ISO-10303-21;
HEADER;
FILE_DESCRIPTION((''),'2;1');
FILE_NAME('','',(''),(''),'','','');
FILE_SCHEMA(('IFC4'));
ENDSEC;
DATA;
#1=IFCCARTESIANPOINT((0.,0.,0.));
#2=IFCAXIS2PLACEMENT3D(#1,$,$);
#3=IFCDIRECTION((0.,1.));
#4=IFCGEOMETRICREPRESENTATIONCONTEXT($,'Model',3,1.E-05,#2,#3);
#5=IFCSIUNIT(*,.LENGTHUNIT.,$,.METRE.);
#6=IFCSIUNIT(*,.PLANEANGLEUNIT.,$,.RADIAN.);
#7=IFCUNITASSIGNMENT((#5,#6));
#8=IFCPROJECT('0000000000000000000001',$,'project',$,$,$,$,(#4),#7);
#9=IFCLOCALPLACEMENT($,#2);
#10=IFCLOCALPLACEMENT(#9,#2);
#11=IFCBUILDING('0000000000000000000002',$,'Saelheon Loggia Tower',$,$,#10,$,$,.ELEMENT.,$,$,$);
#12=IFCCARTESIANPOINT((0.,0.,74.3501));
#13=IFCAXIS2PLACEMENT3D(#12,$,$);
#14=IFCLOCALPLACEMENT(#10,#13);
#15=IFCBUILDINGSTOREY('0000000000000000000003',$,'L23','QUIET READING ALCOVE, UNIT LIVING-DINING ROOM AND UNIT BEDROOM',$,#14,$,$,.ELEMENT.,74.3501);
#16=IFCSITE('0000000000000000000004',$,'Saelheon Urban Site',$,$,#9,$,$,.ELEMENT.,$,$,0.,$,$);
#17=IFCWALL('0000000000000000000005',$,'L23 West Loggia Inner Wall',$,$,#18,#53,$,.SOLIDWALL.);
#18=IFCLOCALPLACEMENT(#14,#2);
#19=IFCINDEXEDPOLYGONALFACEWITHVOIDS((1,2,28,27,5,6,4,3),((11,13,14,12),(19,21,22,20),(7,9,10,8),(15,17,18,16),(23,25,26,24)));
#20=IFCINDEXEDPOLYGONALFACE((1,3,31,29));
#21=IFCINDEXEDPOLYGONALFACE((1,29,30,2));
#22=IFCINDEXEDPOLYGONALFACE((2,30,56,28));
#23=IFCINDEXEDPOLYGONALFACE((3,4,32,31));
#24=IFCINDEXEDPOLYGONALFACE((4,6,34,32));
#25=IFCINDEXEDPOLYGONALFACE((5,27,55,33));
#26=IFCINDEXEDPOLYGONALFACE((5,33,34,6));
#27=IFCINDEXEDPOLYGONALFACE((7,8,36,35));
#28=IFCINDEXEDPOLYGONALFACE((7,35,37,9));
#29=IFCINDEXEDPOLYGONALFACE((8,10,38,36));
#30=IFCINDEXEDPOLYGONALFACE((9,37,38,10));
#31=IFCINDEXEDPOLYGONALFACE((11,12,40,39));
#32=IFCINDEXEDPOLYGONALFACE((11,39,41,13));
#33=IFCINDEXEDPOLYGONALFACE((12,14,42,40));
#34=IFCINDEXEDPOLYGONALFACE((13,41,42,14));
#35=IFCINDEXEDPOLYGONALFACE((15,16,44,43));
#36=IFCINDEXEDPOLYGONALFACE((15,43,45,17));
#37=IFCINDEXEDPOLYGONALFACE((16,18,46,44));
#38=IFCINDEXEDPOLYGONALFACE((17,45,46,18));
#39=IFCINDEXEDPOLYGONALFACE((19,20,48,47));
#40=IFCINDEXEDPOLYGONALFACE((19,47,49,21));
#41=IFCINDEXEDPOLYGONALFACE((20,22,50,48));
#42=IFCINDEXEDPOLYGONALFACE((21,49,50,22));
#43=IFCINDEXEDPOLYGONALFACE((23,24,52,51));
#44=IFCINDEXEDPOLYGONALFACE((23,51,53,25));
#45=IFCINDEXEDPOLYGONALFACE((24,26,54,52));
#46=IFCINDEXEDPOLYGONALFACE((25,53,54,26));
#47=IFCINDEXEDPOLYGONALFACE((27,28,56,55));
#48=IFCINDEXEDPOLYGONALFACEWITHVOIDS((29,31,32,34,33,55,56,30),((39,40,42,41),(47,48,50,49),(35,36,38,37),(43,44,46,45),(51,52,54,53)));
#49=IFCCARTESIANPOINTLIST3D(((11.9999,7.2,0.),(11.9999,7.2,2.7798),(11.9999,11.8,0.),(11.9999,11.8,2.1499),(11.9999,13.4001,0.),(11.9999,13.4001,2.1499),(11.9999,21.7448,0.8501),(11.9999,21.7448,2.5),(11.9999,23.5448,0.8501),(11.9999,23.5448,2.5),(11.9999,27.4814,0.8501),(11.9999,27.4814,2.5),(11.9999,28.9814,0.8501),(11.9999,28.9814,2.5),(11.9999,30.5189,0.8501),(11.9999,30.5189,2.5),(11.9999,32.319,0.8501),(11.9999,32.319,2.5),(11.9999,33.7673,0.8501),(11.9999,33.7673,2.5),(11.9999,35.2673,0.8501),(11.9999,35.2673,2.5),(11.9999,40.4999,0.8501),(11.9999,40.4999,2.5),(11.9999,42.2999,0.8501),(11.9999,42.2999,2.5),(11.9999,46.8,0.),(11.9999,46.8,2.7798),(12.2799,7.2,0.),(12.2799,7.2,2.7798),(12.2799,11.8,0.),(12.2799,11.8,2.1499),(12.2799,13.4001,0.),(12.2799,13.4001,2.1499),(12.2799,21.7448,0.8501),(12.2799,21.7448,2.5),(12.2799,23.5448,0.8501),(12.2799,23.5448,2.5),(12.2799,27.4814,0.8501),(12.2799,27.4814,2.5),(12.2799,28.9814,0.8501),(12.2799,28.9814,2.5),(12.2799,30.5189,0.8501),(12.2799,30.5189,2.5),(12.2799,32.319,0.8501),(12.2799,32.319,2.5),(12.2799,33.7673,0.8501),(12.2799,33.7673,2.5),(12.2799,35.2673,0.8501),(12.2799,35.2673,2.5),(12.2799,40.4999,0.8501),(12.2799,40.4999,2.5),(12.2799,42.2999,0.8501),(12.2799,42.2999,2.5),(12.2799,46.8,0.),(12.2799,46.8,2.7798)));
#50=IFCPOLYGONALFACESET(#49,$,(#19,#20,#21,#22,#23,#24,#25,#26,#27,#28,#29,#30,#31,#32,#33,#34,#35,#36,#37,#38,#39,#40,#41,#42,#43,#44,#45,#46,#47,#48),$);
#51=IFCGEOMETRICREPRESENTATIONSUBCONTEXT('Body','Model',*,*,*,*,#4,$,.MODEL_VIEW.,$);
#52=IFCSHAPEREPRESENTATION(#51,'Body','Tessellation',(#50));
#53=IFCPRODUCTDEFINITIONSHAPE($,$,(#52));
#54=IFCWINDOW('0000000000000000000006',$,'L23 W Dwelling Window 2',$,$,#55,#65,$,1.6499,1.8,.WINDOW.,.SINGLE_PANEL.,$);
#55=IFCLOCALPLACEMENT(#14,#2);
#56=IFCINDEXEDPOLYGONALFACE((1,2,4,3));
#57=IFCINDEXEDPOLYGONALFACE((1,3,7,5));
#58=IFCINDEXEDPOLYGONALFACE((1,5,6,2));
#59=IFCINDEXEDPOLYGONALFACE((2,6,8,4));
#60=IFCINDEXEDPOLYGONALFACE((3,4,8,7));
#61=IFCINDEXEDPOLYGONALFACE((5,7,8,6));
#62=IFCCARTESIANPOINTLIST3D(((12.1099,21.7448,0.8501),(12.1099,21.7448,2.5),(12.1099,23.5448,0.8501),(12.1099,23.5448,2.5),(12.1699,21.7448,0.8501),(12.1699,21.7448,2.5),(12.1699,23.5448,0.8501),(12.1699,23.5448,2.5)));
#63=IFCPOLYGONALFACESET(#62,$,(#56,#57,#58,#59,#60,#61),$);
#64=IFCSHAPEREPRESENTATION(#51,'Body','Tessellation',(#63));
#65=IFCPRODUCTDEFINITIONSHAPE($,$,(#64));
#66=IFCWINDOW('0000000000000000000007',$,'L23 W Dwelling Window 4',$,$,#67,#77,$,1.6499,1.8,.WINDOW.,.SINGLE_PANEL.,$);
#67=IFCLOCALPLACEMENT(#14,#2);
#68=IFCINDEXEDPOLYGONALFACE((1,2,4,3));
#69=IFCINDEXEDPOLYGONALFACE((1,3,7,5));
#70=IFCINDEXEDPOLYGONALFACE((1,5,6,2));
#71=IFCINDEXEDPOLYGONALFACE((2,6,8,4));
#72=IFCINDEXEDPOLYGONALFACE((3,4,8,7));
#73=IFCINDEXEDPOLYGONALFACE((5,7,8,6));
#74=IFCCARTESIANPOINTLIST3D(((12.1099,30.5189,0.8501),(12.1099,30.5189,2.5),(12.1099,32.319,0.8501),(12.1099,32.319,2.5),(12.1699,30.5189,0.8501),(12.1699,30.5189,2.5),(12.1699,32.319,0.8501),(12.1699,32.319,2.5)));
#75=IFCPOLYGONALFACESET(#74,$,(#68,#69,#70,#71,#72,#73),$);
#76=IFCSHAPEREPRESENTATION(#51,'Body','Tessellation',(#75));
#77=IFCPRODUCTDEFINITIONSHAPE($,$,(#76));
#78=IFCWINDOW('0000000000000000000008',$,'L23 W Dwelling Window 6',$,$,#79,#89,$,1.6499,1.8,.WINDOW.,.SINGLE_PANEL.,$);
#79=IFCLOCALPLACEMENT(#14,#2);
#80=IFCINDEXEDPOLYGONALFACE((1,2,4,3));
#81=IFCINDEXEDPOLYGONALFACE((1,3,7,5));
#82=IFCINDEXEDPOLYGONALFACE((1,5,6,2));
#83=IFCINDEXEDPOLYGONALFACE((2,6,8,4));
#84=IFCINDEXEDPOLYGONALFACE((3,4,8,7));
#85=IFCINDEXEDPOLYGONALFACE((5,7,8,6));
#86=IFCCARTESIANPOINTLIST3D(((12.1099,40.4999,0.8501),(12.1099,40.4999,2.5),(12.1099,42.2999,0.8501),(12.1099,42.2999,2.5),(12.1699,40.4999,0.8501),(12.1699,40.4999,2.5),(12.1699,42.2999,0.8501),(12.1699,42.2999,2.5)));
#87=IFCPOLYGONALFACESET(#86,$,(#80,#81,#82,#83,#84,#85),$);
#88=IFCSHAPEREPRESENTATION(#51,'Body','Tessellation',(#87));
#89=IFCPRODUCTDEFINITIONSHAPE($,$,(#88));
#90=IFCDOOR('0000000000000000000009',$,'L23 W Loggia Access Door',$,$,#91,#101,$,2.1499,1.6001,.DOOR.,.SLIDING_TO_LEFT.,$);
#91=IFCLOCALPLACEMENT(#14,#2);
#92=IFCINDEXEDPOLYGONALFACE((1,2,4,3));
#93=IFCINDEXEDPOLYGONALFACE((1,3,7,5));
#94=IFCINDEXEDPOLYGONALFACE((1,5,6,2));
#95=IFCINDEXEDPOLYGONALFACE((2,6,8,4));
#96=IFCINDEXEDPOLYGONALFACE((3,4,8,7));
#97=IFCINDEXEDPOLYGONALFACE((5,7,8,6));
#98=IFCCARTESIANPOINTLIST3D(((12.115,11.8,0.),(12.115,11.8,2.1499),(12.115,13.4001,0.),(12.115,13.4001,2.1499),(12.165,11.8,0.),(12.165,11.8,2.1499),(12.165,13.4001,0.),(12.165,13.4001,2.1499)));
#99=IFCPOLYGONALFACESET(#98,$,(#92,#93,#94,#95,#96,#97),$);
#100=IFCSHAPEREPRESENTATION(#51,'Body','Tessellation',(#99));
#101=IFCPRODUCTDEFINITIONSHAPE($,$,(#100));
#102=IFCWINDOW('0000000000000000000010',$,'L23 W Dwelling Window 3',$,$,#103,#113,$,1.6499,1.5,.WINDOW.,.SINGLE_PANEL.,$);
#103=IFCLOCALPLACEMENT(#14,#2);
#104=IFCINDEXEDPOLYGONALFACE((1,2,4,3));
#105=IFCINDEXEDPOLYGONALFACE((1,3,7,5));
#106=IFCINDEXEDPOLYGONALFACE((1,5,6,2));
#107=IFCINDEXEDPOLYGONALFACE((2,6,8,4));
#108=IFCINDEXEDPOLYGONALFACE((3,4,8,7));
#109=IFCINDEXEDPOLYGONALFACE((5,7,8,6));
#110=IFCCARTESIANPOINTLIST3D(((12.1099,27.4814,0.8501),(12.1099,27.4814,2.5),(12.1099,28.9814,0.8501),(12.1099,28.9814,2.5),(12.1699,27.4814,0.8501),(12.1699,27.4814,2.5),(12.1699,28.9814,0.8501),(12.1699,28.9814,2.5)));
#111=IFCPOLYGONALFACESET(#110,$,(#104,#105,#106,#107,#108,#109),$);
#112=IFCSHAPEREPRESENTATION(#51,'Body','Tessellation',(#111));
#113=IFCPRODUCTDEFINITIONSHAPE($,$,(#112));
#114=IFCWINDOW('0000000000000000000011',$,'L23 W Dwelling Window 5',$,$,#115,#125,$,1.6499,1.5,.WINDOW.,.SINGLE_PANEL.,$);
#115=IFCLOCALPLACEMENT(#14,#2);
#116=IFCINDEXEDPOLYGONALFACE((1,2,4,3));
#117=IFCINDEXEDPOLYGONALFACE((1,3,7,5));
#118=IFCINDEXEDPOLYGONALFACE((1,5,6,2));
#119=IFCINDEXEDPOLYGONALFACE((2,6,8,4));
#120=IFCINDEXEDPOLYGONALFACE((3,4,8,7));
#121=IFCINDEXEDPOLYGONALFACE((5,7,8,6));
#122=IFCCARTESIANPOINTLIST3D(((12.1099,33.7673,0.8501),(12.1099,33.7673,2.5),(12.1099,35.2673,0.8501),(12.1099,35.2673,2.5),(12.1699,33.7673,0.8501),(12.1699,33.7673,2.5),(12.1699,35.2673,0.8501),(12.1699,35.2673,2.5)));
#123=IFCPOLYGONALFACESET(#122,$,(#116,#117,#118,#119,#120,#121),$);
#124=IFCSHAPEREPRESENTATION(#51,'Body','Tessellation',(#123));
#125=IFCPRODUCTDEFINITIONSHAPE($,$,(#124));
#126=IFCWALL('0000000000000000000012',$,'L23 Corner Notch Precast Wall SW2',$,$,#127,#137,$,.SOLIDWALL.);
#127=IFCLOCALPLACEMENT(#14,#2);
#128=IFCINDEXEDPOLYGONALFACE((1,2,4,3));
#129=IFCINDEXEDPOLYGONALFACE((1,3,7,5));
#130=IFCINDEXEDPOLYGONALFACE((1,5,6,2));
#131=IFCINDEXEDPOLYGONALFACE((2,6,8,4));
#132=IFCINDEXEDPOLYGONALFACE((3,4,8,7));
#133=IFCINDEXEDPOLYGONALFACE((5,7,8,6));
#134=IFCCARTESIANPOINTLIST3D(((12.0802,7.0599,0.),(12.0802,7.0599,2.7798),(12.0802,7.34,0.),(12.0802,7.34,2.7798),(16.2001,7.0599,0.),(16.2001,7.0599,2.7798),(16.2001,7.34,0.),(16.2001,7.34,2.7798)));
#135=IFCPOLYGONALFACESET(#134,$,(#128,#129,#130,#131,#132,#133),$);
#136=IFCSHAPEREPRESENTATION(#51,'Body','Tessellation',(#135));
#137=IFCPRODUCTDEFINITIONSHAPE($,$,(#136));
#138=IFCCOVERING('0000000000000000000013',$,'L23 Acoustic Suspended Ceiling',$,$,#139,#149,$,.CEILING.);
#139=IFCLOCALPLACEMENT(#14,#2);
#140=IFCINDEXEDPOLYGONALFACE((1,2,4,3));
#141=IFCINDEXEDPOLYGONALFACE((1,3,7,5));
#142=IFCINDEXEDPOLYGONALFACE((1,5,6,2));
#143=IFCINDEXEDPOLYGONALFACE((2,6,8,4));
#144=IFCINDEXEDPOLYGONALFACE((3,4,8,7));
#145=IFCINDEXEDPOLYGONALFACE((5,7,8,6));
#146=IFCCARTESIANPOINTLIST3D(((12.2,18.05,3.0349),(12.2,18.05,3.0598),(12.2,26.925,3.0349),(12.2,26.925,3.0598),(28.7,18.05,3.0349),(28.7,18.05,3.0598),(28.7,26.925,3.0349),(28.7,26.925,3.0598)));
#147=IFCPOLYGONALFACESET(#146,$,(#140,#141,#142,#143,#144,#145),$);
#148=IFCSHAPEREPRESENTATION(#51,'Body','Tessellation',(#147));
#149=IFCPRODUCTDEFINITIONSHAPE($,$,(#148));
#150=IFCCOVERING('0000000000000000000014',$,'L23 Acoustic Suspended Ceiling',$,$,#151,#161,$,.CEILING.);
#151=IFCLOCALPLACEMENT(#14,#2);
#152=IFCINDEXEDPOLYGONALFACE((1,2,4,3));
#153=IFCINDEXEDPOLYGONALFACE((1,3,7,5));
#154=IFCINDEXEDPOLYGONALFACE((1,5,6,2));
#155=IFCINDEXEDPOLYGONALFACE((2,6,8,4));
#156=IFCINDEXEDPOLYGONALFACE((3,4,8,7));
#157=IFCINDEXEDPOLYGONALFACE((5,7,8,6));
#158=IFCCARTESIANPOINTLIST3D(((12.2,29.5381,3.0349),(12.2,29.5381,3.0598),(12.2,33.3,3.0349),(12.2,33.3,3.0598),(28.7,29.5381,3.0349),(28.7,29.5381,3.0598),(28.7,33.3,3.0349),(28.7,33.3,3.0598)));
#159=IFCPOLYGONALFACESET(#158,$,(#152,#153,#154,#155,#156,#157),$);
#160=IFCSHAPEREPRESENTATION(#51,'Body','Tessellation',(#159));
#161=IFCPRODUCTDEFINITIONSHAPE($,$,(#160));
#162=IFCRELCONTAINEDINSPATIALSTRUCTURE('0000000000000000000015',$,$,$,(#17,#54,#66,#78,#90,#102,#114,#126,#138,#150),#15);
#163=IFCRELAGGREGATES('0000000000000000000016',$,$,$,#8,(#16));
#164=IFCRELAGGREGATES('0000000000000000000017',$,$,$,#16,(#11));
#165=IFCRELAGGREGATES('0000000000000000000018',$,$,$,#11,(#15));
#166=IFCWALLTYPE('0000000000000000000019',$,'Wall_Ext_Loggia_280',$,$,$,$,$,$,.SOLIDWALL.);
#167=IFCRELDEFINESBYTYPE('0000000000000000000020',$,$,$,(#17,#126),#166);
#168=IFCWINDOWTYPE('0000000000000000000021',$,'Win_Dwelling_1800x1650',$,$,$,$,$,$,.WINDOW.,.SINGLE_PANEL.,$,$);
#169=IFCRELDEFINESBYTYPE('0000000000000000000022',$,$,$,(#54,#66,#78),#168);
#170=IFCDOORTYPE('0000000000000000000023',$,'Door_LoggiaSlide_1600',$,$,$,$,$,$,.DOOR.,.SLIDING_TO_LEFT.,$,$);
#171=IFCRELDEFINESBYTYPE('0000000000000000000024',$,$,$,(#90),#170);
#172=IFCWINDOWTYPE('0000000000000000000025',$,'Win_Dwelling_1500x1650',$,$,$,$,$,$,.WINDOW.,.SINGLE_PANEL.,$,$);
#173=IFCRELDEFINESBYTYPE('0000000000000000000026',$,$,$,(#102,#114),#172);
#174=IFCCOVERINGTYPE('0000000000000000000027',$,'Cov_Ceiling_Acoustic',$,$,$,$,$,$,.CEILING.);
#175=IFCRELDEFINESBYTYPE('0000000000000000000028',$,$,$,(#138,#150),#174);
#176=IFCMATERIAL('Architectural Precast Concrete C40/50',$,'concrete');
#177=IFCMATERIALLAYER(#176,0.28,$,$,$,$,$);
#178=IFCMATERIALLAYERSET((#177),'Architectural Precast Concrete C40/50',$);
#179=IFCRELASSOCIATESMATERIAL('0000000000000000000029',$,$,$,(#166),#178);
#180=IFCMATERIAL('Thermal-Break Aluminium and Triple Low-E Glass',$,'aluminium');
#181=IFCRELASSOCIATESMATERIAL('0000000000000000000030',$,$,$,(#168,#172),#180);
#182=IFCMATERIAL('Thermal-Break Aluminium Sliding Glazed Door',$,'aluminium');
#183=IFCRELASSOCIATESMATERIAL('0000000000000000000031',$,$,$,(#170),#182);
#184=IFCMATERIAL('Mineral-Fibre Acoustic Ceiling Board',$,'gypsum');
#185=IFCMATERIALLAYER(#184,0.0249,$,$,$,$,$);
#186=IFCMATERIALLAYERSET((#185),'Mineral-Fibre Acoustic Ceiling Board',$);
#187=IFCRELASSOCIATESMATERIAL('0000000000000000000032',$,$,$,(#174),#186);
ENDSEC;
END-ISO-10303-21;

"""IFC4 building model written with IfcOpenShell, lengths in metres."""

from ifc_helpers import new_model, si_unit, direction, frame, frame_2d, origin, place, context, subcontext, project, spatial, polyline, rectangle, outline, extrude, source, transform, mapped, material, layer, layer_set, type_object, element, fill, save


model = new_model("IFC4")

# Units and contexts
model_context = context("Model", 3, precision=1e-05, world=origin(), true_north=direction((0.0, 1.0)))
body_context = subcontext(model_context, "Body", "Model", "MODEL_VIEW")
ifc_project = project(units=[si_unit("LENGTHUNIT", "METRE"), si_unit("PLANEANGLEUNIT", "RADIAN")], contexts=[model_context])

# Site, building, storey
site_placement = place(None, origin())
site = spatial("IfcSite", under=ifc_project, at=site_placement, Name="Saelheon Urban Site", CompositionType="ELEMENT", RefElevation=0.0)
building_placement = place(site_placement, origin())
building = spatial("IfcBuilding", under=site, at=building_placement, Name="Saelheon Loggia Tower", CompositionType="ELEMENT")
storey_placement = place(building_placement, frame((0.0, 0.0, 74.3501)))
storey = spatial("IfcBuildingStorey", under=building, at=storey_placement, Name="L23", Description="QUIET READING ALCOVE, UNIT LIVING-DINING ROOM AND UNIT BEDROOM", CompositionType="ELEMENT", Elevation=74.3501)

# Wall, openings, windows, door
ifc_material_1 = material(Name="Architectural Precast Concrete C40/50", Category="concrete")
ifc_layer_1 = layer(ifc_material_1, 0.28)
ifc_layer_set_1 = layer_set([ifc_layer_1], Name="Architectural Precast Concrete C40/50")
wall_type = type_object("IfcWallType", Name="Wall_Ext_Loggia_280", PredefinedType="SOLIDWALL", material=ifc_layer_set_1)
wall_1_placement = place(storey_placement, frame((12.1399, 7.2, 0.0), z_axis=(0.0, 0.0, 1.0), x_axis=(0.0, 1.0, 0.0)))
wall_1 = element("IfcWall", 1, at=wall_1_placement, inside=storey, type_object=wall_type, Name="L23 West Loggia Inner Wall", PredefinedType="SOLIDWALL", context=body_context, shape_type="SweptSolid", body=[
    extrude(rectangle(XDim=39.6001, YDim=0.28, at=frame_2d((19.8, 0.0))), origin(), (0.0, 0.0, 1.0), 2.7798),
])
opening_1_placement = place(wall_1_placement, frame((4.6001, 0.0, 0.0)))
opening_1 = element("IfcOpeningElement", 2, at=opening_1_placement, cuts=wall_1, PredefinedType="OPENING", context=body_context, shape_type="SweptSolid", body=[
    extrude(rectangle(XDim=1.6001, YDim=2.1499, at=frame_2d((0.8, 1.075))), frame((0.0, 0.1521, 0.0), z_axis=(0.0, -1.0, 0.0), x_axis=(1.0, 0.0, 0.0)), (0.0, 0.0, 1.0), 0.304),
])
opening_2_placement = place(wall_1_placement, frame((14.5449, 0.0, 0.8501)))
opening_2 = element("IfcOpeningElement", 3, at=opening_2_placement, cuts=wall_1, PredefinedType="OPENING", context=body_context, shape_type="SweptSolid", body=[
    extrude(rectangle(XDim=1.8, YDim=1.6499, at=frame_2d((0.8999, 0.825))), frame((0.0, 0.1521, 0.0), z_axis=(0.0, -1.0, 0.0), x_axis=(1.0, 0.0, 0.0)), (0.0, 0.0, 1.0), 0.304),
])
opening_3_placement = place(wall_1_placement, frame((20.2815, 0.0, 0.8501)))
opening_3 = element("IfcOpeningElement", 4, at=opening_3_placement, cuts=wall_1, PredefinedType="OPENING", context=body_context, shape_type="SweptSolid", body=[
    extrude(rectangle(XDim=1.5, YDim=1.6499, at=frame_2d((0.75, 0.825))), frame((0.0, 0.1521, 0.0), z_axis=(0.0, -1.0, 0.0), x_axis=(1.0, 0.0, 0.0)), (0.0, 0.0, 1.0), 0.304),
])
opening_4_placement = place(wall_1_placement, frame((23.3191, 0.0, 0.8501)))
opening_4 = element("IfcOpeningElement", 5, at=opening_4_placement, cuts=wall_1, PredefinedType="OPENING", context=body_context, shape_type="SweptSolid", body=[
    extrude(rectangle(XDim=1.8, YDim=1.6499, at=frame_2d((0.8999, 0.825))), frame((0.0, 0.1521, 0.0), z_axis=(0.0, -1.0, 0.0), x_axis=(1.0, 0.0, 0.0)), (0.0, 0.0, 1.0), 0.304),
])
opening_5_placement = place(wall_1_placement, frame((26.5674, 0.0, 0.8501)))
opening_5 = element("IfcOpeningElement", 6, at=opening_5_placement, cuts=wall_1, PredefinedType="OPENING", context=body_context, shape_type="SweptSolid", body=[
    extrude(rectangle(XDim=1.5, YDim=1.6499, at=frame_2d((0.75, 0.825))), frame((0.0, 0.1521, 0.0), z_axis=(0.0, -1.0, 0.0), x_axis=(1.0, 0.0, 0.0)), (0.0, 0.0, 1.0), 0.304),
])
opening_6_placement = place(wall_1_placement, frame((33.3, 0.0, 0.8501)))
opening_6 = element("IfcOpeningElement", 7, at=opening_6_placement, cuts=wall_1, PredefinedType="OPENING", context=body_context, shape_type="SweptSolid", body=[
    extrude(rectangle(XDim=1.8, YDim=1.6499, at=frame_2d((0.8999, 0.825))), frame((0.0, 0.1521, 0.0), z_axis=(0.0, -1.0, 0.0), x_axis=(1.0, 0.0, 0.0)), (0.0, 0.0, 1.0), 0.304),
])
ifc_material_2 = material(Name="Thermal-Break Aluminium and Triple Low-E Glass", Category="aluminium")
window_type_1 = type_object("IfcWindowType", Name="Win_Dwelling_1800x1650", PartitioningType="SINGLE_PANEL", PredefinedType="WINDOW", material=ifc_material_2)
shared_shape_1 = source(origin(), body_context, "Body", "SweptSolid", [
    extrude(rectangle(XDim=1.8, YDim=1.6499, at=frame_2d((0.8999, 0.825))), frame((0.0, 0.03, 0.0), z_axis=(0.0, -1.0, 0.0), x_axis=(1.0, 0.0, 0.0)), (0.0, 0.0, 1.0), 0.0601),
])
window_1_placement = place(opening_2_placement, origin())
window_1 = element("IfcWindow", 8, at=window_1_placement, inside=storey, type_object=window_type_1, Name="L23 W Dwelling Window 2", OverallHeight=1.6499, OverallWidth=1.8, PartitioningType="SINGLE_PANEL", PredefinedType="WINDOW", context=body_context, shape_type="MappedRepresentation", body=[
    mapped(shared_shape_1, transform((0.0, 0.0, 0.0), scale=1.0)),
])
fill(opening_2, window_1)
window_2_placement = place(opening_4_placement, origin())
window_2 = element("IfcWindow", 9, at=window_2_placement, inside=storey, type_object=window_type_1, Name="L23 W Dwelling Window 4", OverallHeight=1.6499, OverallWidth=1.8, PartitioningType="SINGLE_PANEL", PredefinedType="WINDOW", context=body_context, shape_type="MappedRepresentation", body=[
    mapped(shared_shape_1, transform((0.0, 0.0, 0.0), scale=1.0)),
])
fill(opening_4, window_2)
window_3_placement = place(opening_6_placement, origin())
window_3 = element("IfcWindow", 10, at=window_3_placement, inside=storey, type_object=window_type_1, Name="L23 W Dwelling Window 6", OverallHeight=1.6499, OverallWidth=1.8, PartitioningType="SINGLE_PANEL", PredefinedType="WINDOW", context=body_context, shape_type="MappedRepresentation", body=[
    mapped(shared_shape_1, transform((0.0, 0.0, 0.0), scale=1.0)),
])
fill(opening_6, window_3)
ifc_material_3 = material(Name="Thermal-Break Aluminium Sliding Glazed Door", Category="aluminium")
door_type = type_object("IfcDoorType", Name="Door_LoggiaSlide_1600", OperationType="SLIDING_TO_LEFT", PredefinedType="DOOR", material=ifc_material_3)
shared_shape_2 = source(origin(), body_context, "Body", "SweptSolid", [
    extrude(rectangle(XDim=1.6001, YDim=2.1499, at=frame_2d((0.8, 1.075))), frame((0.0, 0.0249, 0.0), z_axis=(0.0, -1.0, 0.0), x_axis=(1.0, 0.0, 0.0)), (0.0, 0.0, 1.0), 0.05),
])
door_placement = place(opening_1_placement, origin())
door = element("IfcDoor", 11, at=door_placement, inside=storey, type_object=door_type, Name="L23 W Loggia Access Door", OperationType="SLIDING_TO_LEFT", OverallHeight=2.1499, OverallWidth=1.6001, PredefinedType="DOOR", context=body_context, shape_type="MappedRepresentation", body=[
    mapped(shared_shape_2, transform((0.0, 0.0, 0.0), scale=1.0)),
])
fill(opening_1, door)
window_type_2 = type_object("IfcWindowType", Name="Win_Dwelling_1500x1650", PartitioningType="SINGLE_PANEL", PredefinedType="WINDOW", material=ifc_material_2)
shared_shape_3 = source(origin(), body_context, "Body", "SweptSolid", [
    extrude(rectangle(XDim=1.5, YDim=1.6499, at=frame_2d((0.75, 0.825))), frame((0.0, 0.03, 0.0), z_axis=(0.0, -1.0, 0.0), x_axis=(1.0, 0.0, 0.0)), (0.0, 0.0, 1.0), 0.0601),
])
window_4_placement = place(opening_3_placement, origin())
window_4 = element("IfcWindow", 12, at=window_4_placement, inside=storey, type_object=window_type_2, Name="L23 W Dwelling Window 3", OverallHeight=1.6499, OverallWidth=1.5, PartitioningType="SINGLE_PANEL", PredefinedType="WINDOW", context=body_context, shape_type="MappedRepresentation", body=[
    mapped(shared_shape_3, transform((0.0, 0.0, 0.0), scale=1.0)),
])
fill(opening_3, window_4)
window_5_placement = place(opening_5_placement, origin())
window_5 = element("IfcWindow", 13, at=window_5_placement, inside=storey, type_object=window_type_2, Name="L23 W Dwelling Window 5", OverallHeight=1.6499, OverallWidth=1.5, PartitioningType="SINGLE_PANEL", PredefinedType="WINDOW", context=body_context, shape_type="MappedRepresentation", body=[
    mapped(shared_shape_3, transform((0.0, 0.0, 0.0), scale=1.0)),
])
fill(opening_5, window_5)

# Wall
wall_2_placement = place(storey_placement, frame((12.0801, 7.2, 0.0), z_axis=(0.0, 0.0, 1.0), x_axis=(1.0, 0.0, 0.0)))
element("IfcWall", 14, at=wall_2_placement, inside=storey, type_object=wall_type, Name="L23 Corner Notch Precast Wall SW2", PredefinedType="SOLIDWALL", context=body_context, shape_type="SweptSolid", body=[
    extrude(rectangle(XDim=4.1199, YDim=0.28, at=frame_2d((2.0601, 0.0))), origin(), (0.0, 0.0, 1.0), 2.7798),
])

# Coverings
ifc_material_4 = material(Name="Mineral-Fibre Acoustic Ceiling Board", Category="gypsum")
ifc_layer_2 = layer(ifc_material_4, 0.0249)
ifc_layer_set_2 = layer_set([ifc_layer_2], Name="Mineral-Fibre Acoustic Ceiling Board")
covering_type = type_object("IfcCoveringType", Name="Cov_Ceiling_Acoustic", PredefinedType="CEILING", material=ifc_layer_set_2)
covering_1_placement = place(storey_placement, frame((0.0, 0.0, 3.0349)))
element("IfcCovering", 15, at=covering_1_placement, inside=storey, type_object=covering_type, Name="L23 Acoustic Suspended Ceiling", PredefinedType="CEILING", context=body_context, shape_type="SweptSolid", body=[
    extrude(outline(polyline([(12.2, 18.05), (28.7, 18.05), (28.7, 26.925), (12.2, 26.925), (12.2, 18.05)])), origin(), (0.0, 0.0, 1.0), 0.0249),
])
covering_2_placement = place(storey_placement, frame((0.0, 0.0, 3.0349)))
element("IfcCovering", 16, at=covering_2_placement, inside=storey, type_object=covering_type, Name="L23 Acoustic Suspended Ceiling", PredefinedType="CEILING", context=body_context, shape_type="SweptSolid", body=[
    extrude(outline(polyline([(12.2, 29.5381), (28.7, 29.5381), (28.7, 33.3), (12.2, 33.3), (12.2, 29.5381)])), origin(), (0.0, 0.0, 1.0), 0.0249),
])

save(model, "model.ifc")
